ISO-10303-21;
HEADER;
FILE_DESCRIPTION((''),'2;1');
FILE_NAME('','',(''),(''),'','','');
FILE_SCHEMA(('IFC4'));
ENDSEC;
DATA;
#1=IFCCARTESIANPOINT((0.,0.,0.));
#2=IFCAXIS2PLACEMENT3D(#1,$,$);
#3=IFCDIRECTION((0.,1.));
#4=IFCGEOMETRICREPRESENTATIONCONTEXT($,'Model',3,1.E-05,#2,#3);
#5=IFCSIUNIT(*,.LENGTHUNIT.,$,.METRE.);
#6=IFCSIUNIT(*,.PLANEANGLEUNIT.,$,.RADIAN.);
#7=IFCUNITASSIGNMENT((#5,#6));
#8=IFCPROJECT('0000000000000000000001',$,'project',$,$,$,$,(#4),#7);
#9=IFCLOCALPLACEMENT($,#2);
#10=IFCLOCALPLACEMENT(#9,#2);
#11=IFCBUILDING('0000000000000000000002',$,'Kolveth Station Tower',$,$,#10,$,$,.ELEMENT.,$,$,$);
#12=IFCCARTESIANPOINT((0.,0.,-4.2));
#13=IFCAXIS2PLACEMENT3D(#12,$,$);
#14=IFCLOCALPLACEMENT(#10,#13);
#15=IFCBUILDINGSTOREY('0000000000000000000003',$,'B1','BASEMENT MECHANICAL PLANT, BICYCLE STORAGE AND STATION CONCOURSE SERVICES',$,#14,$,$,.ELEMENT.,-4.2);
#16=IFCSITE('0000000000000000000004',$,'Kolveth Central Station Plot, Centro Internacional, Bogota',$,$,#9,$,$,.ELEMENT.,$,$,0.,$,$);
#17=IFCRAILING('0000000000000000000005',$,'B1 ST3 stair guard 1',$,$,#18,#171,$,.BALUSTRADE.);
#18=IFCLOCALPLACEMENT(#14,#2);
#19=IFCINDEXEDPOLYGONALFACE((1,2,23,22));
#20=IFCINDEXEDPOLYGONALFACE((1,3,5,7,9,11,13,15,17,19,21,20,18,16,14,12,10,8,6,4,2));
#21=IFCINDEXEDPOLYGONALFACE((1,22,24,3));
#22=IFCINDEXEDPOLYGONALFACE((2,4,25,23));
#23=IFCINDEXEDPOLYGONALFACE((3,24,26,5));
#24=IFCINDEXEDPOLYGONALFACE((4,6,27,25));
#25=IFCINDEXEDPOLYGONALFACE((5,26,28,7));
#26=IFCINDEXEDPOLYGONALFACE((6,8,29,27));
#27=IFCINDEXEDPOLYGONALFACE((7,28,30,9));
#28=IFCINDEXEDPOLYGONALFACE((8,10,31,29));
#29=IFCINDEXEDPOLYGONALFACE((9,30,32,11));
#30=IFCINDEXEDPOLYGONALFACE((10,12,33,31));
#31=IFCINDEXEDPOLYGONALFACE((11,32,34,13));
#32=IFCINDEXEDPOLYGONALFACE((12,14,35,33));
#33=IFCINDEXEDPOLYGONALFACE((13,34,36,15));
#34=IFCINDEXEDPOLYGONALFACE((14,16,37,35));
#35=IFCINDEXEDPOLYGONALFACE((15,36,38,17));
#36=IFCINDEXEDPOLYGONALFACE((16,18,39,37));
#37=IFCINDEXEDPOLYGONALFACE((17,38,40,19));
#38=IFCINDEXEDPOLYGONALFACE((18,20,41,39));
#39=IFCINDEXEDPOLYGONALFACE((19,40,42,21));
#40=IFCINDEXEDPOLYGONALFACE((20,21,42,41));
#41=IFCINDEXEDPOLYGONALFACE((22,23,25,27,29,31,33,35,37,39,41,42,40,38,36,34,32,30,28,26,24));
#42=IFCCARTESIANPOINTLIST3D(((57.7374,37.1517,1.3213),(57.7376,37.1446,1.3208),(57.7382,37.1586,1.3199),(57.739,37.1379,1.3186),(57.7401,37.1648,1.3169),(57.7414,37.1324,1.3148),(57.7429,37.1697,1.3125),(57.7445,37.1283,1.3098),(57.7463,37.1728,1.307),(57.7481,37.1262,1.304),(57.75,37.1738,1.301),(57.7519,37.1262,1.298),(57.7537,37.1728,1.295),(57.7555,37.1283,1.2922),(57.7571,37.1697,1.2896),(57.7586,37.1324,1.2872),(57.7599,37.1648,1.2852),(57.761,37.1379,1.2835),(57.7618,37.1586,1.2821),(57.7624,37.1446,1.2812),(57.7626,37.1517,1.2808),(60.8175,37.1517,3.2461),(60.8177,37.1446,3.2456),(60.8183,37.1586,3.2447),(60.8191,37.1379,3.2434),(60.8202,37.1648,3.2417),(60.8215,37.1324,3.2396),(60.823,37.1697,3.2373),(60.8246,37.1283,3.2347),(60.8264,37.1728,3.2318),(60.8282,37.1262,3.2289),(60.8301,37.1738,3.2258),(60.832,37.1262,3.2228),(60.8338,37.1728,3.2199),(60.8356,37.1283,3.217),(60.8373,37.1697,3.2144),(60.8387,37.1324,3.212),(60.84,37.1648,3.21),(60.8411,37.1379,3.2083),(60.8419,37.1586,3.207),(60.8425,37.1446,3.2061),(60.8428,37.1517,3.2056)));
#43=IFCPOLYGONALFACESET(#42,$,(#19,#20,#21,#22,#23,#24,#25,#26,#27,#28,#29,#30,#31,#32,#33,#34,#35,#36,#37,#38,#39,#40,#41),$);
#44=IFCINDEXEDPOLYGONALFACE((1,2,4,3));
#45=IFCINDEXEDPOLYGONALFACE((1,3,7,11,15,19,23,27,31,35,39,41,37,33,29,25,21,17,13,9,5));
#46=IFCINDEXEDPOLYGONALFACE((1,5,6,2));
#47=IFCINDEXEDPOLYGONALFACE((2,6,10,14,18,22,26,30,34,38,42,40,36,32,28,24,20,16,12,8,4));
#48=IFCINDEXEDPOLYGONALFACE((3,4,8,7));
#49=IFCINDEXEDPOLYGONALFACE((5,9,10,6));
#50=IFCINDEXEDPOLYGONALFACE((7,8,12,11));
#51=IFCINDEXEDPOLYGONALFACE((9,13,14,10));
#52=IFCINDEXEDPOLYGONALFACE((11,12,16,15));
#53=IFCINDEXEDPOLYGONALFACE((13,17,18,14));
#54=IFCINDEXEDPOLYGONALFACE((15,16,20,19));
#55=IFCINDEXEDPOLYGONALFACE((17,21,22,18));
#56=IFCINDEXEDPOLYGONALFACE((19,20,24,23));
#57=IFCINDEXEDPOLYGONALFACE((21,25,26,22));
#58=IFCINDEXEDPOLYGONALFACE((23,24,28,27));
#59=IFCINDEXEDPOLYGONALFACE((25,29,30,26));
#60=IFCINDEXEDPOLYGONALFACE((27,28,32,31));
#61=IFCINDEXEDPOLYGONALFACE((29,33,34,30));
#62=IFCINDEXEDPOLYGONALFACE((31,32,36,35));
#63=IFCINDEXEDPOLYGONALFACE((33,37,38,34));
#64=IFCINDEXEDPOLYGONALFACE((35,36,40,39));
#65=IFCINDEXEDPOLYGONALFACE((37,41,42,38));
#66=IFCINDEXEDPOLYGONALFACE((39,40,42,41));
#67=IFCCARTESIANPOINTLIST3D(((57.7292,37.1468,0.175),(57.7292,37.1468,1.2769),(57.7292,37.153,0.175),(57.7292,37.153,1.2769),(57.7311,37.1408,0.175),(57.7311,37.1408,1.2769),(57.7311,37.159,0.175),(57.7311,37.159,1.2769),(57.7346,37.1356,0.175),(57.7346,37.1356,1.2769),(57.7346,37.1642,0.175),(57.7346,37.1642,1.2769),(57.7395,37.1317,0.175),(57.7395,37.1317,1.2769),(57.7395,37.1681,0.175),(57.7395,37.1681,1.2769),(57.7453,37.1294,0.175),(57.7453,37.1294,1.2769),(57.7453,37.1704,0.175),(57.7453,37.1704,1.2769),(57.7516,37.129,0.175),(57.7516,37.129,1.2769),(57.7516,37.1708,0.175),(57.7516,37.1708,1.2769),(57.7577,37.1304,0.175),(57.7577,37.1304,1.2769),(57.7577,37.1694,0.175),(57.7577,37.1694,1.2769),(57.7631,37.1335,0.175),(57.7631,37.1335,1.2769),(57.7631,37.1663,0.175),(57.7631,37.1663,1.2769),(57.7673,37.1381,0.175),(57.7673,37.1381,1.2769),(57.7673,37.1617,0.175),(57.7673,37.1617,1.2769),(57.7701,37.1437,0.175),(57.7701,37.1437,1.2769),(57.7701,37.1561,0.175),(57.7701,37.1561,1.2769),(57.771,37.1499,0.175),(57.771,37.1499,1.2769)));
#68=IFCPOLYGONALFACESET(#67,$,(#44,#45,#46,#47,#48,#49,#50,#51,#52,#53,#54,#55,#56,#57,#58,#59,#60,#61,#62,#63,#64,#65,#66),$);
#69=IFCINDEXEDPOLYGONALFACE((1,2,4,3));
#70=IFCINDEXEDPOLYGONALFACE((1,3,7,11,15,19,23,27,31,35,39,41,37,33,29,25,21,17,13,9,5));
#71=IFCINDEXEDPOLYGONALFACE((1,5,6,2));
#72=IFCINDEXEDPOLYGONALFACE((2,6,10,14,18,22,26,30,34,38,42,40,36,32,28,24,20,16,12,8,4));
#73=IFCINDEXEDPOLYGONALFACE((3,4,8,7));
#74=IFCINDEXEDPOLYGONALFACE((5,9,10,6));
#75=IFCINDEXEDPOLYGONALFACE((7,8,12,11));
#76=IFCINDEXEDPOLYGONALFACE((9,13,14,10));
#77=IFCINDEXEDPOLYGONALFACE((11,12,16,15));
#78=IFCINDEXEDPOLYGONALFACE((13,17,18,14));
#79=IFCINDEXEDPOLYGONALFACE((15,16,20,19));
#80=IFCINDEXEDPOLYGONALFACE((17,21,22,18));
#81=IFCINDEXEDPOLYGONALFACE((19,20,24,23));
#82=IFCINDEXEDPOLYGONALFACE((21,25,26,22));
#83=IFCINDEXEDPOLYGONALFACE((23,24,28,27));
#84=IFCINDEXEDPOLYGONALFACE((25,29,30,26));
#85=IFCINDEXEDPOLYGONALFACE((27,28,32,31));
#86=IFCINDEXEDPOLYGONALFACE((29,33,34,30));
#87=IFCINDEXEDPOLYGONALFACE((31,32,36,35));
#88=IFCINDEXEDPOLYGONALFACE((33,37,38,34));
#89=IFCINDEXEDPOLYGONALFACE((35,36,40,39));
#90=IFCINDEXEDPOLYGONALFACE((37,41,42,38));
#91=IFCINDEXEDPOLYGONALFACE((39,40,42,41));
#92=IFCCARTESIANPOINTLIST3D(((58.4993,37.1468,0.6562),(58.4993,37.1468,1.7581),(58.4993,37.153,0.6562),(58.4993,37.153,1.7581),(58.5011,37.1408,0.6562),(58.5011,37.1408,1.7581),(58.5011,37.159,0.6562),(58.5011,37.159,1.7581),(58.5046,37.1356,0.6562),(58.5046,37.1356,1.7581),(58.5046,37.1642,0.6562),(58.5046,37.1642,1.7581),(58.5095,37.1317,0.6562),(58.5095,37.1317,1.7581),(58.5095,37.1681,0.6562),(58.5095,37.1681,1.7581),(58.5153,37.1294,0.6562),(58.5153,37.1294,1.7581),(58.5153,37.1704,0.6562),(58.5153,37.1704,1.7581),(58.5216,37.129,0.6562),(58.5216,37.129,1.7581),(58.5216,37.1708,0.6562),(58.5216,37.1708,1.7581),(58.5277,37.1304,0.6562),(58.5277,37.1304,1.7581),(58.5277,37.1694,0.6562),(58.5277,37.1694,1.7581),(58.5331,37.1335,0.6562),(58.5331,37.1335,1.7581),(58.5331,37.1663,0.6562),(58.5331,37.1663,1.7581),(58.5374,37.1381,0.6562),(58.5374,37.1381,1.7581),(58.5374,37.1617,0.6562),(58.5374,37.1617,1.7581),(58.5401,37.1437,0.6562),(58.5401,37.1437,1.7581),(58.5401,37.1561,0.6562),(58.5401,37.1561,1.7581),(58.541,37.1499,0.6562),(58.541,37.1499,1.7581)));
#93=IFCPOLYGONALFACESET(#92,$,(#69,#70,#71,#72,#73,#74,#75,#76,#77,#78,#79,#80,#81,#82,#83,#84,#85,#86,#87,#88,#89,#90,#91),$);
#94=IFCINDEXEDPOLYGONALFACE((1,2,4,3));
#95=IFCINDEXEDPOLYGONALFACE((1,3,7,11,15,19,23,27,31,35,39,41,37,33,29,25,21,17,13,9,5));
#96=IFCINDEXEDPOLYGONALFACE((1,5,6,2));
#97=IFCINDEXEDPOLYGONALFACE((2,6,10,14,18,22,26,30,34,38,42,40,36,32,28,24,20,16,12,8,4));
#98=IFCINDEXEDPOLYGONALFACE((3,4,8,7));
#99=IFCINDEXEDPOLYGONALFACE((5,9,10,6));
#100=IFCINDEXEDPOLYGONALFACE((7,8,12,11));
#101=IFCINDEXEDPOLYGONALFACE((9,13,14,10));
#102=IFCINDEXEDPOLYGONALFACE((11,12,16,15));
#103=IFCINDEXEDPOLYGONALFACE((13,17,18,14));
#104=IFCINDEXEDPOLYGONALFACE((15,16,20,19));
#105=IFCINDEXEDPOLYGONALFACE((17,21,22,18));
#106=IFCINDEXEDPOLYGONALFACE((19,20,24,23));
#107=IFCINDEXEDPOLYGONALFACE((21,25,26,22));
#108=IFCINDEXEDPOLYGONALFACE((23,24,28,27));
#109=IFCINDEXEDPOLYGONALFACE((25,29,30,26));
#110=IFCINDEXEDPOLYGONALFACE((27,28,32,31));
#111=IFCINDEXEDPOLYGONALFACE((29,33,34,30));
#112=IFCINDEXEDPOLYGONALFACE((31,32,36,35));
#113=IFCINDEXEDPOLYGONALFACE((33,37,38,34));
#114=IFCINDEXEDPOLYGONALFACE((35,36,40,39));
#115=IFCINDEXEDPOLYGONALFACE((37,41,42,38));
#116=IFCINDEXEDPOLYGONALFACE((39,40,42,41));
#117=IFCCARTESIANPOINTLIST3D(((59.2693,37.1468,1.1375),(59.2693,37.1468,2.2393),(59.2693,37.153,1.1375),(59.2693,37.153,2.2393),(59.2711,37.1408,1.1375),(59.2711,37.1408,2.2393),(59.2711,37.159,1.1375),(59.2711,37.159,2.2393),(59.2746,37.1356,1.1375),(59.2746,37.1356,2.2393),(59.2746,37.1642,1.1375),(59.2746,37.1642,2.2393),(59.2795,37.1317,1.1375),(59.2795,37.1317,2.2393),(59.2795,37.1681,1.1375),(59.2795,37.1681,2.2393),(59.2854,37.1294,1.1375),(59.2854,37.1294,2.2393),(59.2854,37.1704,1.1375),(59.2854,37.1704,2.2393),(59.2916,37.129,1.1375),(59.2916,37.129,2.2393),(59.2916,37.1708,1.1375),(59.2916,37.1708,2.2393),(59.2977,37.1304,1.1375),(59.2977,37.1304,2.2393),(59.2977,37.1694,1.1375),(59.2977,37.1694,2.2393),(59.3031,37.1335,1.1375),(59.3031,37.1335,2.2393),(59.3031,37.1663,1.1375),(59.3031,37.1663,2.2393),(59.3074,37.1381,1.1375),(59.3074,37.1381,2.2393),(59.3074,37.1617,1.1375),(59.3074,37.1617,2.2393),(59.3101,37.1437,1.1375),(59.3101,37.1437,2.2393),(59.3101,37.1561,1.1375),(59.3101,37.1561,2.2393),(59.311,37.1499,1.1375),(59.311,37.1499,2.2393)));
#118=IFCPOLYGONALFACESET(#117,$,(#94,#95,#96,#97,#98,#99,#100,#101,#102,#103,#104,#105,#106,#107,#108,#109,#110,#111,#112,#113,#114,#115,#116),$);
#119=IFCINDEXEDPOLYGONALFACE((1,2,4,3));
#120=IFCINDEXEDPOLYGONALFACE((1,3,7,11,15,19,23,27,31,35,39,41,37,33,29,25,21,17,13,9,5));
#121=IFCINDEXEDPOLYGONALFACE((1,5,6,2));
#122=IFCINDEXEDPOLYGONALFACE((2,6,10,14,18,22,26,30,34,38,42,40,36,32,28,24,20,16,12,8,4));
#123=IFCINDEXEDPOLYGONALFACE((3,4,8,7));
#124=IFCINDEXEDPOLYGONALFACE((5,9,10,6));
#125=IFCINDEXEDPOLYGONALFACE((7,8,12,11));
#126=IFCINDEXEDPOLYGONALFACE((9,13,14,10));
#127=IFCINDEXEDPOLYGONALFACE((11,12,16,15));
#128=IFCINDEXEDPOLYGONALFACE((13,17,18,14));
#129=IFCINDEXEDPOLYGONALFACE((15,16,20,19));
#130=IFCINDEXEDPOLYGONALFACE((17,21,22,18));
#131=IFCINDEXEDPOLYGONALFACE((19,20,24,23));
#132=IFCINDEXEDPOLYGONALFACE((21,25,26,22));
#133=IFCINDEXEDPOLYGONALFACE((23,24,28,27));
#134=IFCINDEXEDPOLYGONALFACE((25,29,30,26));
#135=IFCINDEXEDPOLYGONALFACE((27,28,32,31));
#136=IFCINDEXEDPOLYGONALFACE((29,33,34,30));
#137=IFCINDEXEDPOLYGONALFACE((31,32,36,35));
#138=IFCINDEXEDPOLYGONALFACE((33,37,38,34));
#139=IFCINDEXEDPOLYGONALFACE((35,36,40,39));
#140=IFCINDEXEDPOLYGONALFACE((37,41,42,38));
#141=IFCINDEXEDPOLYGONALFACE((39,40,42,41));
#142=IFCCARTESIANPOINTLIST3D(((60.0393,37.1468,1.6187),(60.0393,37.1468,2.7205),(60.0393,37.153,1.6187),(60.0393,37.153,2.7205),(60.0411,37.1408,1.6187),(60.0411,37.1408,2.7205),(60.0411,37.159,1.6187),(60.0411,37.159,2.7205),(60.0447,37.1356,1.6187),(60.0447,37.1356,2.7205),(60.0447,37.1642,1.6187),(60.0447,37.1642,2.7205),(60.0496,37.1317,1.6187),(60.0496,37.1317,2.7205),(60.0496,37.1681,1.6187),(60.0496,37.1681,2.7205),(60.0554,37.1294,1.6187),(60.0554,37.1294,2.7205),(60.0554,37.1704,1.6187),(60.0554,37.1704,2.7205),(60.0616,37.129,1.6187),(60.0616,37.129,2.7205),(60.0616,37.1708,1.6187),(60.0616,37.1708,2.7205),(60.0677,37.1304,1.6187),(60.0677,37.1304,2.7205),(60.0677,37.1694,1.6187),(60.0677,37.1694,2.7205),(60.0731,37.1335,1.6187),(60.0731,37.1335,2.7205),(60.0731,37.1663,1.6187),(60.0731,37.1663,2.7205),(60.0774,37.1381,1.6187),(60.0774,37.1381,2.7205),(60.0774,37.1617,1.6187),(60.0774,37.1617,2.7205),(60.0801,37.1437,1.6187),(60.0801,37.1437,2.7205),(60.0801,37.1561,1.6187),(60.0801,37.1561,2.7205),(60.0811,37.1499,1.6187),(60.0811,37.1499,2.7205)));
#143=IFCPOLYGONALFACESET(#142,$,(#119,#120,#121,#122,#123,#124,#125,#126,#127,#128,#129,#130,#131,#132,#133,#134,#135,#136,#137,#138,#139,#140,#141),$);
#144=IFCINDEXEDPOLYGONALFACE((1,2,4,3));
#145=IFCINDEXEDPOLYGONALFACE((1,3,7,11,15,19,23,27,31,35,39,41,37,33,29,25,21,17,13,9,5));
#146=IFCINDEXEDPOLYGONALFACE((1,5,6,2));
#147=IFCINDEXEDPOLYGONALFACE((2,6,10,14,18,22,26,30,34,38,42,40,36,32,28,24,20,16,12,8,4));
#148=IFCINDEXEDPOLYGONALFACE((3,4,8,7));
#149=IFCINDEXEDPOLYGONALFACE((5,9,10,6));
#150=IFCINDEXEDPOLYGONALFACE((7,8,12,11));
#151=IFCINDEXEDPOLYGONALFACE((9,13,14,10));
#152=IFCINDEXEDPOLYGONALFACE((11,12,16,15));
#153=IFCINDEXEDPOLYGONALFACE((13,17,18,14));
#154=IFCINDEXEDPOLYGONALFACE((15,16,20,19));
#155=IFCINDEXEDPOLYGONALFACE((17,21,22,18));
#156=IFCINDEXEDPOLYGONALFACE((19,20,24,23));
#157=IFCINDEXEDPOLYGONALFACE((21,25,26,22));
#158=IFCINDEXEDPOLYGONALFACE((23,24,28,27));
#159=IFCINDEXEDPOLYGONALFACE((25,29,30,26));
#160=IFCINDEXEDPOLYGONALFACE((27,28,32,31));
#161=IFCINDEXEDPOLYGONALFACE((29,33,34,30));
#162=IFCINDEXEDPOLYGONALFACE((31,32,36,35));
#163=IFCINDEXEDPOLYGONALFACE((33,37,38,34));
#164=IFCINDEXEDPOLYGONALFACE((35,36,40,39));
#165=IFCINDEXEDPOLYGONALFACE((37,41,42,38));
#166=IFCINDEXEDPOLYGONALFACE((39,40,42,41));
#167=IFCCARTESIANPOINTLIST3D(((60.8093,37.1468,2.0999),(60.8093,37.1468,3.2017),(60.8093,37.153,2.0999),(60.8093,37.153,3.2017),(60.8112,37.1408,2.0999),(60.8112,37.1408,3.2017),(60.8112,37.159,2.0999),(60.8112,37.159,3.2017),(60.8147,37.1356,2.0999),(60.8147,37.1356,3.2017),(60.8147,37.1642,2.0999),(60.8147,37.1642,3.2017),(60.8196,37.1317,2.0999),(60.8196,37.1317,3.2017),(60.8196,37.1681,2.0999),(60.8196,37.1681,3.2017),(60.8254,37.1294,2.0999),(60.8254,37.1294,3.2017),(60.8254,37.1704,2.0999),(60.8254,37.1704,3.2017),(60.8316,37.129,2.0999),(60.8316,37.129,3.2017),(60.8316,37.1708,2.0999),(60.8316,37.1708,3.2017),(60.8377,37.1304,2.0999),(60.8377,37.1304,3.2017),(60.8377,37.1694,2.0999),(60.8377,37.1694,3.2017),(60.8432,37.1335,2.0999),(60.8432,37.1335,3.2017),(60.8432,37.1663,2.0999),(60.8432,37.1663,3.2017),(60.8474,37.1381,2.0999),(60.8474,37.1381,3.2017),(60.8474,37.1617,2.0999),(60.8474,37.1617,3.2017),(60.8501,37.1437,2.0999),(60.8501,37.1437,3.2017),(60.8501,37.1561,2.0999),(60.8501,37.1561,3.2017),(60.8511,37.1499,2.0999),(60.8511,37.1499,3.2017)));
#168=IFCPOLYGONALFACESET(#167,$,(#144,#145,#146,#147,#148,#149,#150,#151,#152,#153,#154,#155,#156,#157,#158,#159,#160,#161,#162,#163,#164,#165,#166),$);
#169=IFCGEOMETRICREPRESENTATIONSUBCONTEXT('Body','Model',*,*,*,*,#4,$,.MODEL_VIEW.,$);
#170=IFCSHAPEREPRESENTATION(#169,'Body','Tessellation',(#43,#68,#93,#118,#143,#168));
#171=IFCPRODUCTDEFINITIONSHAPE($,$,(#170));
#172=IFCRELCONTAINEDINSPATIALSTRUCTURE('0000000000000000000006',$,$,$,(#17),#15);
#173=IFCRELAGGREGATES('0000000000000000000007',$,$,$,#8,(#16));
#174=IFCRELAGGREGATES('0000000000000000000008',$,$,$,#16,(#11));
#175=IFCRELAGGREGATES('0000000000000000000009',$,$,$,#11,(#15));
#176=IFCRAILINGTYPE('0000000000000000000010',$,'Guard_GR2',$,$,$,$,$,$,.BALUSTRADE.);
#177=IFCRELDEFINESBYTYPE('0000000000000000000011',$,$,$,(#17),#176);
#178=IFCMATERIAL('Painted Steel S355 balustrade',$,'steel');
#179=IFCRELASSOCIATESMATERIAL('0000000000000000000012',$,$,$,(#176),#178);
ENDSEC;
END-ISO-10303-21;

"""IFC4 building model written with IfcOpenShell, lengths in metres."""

from ifc_helpers import new_model, si_unit, direction, frame, origin, origin_2d, place, context, subcontext, project, spatial, circle, extrude, material, type_object, element, save


model = new_model("IFC4")

# Units and contexts
model_context = context("Model", 3, precision=1e-05, world=origin(), true_north=direction((0.0, 1.0)))
body_context = subcontext(model_context, "Body", "Model", "MODEL_VIEW")
ifc_project = project(units=[si_unit("LENGTHUNIT", "METRE"), si_unit("PLANEANGLEUNIT", "RADIAN")], contexts=[model_context])

# Site, building, storey
site_placement = place(None, origin())
site = spatial("IfcSite", under=ifc_project, at=site_placement, Name="Kolveth Central Station Plot, Centro Internacional, Bogota", CompositionType="ELEMENT", RefElevation=0.0)
building_placement = place(site_placement, origin())
building = spatial("IfcBuilding", under=site, at=building_placement, Name="Kolveth Station Tower", CompositionType="ELEMENT")
storey_placement = place(building_placement, frame((0.0, 0.0, -4.2)))
storey = spatial("IfcBuildingStorey", under=building, at=storey_placement, Name="B1", Description="BASEMENT MECHANICAL PLANT, BICYCLE STORAGE AND STATION CONCOURSE SERVICES", CompositionType="ELEMENT", Elevation=-4.2)

# Railing
ifc_material_1 = material(Name="Painted Steel S355 balustrade", Category="steel")
railing_type_1 = type_object("IfcRailingType", Name="Guard_GR2", PredefinedType="BALUSTRADE", material=ifc_material_1)
railing_1_placement = place(storey_placement, frame((57.75, 37.1499, 0.175)))
element("IfcRailing", 1, at=railing_1_placement, inside=storey, type_object=railing_type_1, Name="B1 ST3 stair guard 1", PredefinedType="BALUSTRADE", context=body_context, shape_type="SweptSolid", body=[
    extrude(circle(Radius=0.0239, at=origin_2d()), frame((0.0, 0.0, 1.126), z_axis=(0.848029, 0.0, 0.529951), x_axis=(0.0, 1.0, 0.0)), (0.0, 0.0, 1.0), 3.6321),
    extrude(circle(Radius=0.021, at=origin_2d()), origin(), (0.0, 0.0, 1.0), 1.1018),
    extrude(circle(Radius=0.021, at=origin_2d()), frame((0.77, 0.0, 0.4812)), (0.0, 0.0, 1.0), 1.1018),
    extrude(circle(Radius=0.021, at=origin_2d()), frame((1.54, 0.0, 0.9624)), (0.0, 0.0, 1.0), 1.1018),
    extrude(circle(Radius=0.021, at=origin_2d()), frame((2.3101, 0.0, 1.4436)), (0.0, 0.0, 1.0), 1.1018),
    extrude(circle(Radius=0.021, at=origin_2d()), frame((3.0801, 0.0, 1.9248)), (0.0, 0.0, 1.0), 1.1018),
])

save(model, "model.ifc")
